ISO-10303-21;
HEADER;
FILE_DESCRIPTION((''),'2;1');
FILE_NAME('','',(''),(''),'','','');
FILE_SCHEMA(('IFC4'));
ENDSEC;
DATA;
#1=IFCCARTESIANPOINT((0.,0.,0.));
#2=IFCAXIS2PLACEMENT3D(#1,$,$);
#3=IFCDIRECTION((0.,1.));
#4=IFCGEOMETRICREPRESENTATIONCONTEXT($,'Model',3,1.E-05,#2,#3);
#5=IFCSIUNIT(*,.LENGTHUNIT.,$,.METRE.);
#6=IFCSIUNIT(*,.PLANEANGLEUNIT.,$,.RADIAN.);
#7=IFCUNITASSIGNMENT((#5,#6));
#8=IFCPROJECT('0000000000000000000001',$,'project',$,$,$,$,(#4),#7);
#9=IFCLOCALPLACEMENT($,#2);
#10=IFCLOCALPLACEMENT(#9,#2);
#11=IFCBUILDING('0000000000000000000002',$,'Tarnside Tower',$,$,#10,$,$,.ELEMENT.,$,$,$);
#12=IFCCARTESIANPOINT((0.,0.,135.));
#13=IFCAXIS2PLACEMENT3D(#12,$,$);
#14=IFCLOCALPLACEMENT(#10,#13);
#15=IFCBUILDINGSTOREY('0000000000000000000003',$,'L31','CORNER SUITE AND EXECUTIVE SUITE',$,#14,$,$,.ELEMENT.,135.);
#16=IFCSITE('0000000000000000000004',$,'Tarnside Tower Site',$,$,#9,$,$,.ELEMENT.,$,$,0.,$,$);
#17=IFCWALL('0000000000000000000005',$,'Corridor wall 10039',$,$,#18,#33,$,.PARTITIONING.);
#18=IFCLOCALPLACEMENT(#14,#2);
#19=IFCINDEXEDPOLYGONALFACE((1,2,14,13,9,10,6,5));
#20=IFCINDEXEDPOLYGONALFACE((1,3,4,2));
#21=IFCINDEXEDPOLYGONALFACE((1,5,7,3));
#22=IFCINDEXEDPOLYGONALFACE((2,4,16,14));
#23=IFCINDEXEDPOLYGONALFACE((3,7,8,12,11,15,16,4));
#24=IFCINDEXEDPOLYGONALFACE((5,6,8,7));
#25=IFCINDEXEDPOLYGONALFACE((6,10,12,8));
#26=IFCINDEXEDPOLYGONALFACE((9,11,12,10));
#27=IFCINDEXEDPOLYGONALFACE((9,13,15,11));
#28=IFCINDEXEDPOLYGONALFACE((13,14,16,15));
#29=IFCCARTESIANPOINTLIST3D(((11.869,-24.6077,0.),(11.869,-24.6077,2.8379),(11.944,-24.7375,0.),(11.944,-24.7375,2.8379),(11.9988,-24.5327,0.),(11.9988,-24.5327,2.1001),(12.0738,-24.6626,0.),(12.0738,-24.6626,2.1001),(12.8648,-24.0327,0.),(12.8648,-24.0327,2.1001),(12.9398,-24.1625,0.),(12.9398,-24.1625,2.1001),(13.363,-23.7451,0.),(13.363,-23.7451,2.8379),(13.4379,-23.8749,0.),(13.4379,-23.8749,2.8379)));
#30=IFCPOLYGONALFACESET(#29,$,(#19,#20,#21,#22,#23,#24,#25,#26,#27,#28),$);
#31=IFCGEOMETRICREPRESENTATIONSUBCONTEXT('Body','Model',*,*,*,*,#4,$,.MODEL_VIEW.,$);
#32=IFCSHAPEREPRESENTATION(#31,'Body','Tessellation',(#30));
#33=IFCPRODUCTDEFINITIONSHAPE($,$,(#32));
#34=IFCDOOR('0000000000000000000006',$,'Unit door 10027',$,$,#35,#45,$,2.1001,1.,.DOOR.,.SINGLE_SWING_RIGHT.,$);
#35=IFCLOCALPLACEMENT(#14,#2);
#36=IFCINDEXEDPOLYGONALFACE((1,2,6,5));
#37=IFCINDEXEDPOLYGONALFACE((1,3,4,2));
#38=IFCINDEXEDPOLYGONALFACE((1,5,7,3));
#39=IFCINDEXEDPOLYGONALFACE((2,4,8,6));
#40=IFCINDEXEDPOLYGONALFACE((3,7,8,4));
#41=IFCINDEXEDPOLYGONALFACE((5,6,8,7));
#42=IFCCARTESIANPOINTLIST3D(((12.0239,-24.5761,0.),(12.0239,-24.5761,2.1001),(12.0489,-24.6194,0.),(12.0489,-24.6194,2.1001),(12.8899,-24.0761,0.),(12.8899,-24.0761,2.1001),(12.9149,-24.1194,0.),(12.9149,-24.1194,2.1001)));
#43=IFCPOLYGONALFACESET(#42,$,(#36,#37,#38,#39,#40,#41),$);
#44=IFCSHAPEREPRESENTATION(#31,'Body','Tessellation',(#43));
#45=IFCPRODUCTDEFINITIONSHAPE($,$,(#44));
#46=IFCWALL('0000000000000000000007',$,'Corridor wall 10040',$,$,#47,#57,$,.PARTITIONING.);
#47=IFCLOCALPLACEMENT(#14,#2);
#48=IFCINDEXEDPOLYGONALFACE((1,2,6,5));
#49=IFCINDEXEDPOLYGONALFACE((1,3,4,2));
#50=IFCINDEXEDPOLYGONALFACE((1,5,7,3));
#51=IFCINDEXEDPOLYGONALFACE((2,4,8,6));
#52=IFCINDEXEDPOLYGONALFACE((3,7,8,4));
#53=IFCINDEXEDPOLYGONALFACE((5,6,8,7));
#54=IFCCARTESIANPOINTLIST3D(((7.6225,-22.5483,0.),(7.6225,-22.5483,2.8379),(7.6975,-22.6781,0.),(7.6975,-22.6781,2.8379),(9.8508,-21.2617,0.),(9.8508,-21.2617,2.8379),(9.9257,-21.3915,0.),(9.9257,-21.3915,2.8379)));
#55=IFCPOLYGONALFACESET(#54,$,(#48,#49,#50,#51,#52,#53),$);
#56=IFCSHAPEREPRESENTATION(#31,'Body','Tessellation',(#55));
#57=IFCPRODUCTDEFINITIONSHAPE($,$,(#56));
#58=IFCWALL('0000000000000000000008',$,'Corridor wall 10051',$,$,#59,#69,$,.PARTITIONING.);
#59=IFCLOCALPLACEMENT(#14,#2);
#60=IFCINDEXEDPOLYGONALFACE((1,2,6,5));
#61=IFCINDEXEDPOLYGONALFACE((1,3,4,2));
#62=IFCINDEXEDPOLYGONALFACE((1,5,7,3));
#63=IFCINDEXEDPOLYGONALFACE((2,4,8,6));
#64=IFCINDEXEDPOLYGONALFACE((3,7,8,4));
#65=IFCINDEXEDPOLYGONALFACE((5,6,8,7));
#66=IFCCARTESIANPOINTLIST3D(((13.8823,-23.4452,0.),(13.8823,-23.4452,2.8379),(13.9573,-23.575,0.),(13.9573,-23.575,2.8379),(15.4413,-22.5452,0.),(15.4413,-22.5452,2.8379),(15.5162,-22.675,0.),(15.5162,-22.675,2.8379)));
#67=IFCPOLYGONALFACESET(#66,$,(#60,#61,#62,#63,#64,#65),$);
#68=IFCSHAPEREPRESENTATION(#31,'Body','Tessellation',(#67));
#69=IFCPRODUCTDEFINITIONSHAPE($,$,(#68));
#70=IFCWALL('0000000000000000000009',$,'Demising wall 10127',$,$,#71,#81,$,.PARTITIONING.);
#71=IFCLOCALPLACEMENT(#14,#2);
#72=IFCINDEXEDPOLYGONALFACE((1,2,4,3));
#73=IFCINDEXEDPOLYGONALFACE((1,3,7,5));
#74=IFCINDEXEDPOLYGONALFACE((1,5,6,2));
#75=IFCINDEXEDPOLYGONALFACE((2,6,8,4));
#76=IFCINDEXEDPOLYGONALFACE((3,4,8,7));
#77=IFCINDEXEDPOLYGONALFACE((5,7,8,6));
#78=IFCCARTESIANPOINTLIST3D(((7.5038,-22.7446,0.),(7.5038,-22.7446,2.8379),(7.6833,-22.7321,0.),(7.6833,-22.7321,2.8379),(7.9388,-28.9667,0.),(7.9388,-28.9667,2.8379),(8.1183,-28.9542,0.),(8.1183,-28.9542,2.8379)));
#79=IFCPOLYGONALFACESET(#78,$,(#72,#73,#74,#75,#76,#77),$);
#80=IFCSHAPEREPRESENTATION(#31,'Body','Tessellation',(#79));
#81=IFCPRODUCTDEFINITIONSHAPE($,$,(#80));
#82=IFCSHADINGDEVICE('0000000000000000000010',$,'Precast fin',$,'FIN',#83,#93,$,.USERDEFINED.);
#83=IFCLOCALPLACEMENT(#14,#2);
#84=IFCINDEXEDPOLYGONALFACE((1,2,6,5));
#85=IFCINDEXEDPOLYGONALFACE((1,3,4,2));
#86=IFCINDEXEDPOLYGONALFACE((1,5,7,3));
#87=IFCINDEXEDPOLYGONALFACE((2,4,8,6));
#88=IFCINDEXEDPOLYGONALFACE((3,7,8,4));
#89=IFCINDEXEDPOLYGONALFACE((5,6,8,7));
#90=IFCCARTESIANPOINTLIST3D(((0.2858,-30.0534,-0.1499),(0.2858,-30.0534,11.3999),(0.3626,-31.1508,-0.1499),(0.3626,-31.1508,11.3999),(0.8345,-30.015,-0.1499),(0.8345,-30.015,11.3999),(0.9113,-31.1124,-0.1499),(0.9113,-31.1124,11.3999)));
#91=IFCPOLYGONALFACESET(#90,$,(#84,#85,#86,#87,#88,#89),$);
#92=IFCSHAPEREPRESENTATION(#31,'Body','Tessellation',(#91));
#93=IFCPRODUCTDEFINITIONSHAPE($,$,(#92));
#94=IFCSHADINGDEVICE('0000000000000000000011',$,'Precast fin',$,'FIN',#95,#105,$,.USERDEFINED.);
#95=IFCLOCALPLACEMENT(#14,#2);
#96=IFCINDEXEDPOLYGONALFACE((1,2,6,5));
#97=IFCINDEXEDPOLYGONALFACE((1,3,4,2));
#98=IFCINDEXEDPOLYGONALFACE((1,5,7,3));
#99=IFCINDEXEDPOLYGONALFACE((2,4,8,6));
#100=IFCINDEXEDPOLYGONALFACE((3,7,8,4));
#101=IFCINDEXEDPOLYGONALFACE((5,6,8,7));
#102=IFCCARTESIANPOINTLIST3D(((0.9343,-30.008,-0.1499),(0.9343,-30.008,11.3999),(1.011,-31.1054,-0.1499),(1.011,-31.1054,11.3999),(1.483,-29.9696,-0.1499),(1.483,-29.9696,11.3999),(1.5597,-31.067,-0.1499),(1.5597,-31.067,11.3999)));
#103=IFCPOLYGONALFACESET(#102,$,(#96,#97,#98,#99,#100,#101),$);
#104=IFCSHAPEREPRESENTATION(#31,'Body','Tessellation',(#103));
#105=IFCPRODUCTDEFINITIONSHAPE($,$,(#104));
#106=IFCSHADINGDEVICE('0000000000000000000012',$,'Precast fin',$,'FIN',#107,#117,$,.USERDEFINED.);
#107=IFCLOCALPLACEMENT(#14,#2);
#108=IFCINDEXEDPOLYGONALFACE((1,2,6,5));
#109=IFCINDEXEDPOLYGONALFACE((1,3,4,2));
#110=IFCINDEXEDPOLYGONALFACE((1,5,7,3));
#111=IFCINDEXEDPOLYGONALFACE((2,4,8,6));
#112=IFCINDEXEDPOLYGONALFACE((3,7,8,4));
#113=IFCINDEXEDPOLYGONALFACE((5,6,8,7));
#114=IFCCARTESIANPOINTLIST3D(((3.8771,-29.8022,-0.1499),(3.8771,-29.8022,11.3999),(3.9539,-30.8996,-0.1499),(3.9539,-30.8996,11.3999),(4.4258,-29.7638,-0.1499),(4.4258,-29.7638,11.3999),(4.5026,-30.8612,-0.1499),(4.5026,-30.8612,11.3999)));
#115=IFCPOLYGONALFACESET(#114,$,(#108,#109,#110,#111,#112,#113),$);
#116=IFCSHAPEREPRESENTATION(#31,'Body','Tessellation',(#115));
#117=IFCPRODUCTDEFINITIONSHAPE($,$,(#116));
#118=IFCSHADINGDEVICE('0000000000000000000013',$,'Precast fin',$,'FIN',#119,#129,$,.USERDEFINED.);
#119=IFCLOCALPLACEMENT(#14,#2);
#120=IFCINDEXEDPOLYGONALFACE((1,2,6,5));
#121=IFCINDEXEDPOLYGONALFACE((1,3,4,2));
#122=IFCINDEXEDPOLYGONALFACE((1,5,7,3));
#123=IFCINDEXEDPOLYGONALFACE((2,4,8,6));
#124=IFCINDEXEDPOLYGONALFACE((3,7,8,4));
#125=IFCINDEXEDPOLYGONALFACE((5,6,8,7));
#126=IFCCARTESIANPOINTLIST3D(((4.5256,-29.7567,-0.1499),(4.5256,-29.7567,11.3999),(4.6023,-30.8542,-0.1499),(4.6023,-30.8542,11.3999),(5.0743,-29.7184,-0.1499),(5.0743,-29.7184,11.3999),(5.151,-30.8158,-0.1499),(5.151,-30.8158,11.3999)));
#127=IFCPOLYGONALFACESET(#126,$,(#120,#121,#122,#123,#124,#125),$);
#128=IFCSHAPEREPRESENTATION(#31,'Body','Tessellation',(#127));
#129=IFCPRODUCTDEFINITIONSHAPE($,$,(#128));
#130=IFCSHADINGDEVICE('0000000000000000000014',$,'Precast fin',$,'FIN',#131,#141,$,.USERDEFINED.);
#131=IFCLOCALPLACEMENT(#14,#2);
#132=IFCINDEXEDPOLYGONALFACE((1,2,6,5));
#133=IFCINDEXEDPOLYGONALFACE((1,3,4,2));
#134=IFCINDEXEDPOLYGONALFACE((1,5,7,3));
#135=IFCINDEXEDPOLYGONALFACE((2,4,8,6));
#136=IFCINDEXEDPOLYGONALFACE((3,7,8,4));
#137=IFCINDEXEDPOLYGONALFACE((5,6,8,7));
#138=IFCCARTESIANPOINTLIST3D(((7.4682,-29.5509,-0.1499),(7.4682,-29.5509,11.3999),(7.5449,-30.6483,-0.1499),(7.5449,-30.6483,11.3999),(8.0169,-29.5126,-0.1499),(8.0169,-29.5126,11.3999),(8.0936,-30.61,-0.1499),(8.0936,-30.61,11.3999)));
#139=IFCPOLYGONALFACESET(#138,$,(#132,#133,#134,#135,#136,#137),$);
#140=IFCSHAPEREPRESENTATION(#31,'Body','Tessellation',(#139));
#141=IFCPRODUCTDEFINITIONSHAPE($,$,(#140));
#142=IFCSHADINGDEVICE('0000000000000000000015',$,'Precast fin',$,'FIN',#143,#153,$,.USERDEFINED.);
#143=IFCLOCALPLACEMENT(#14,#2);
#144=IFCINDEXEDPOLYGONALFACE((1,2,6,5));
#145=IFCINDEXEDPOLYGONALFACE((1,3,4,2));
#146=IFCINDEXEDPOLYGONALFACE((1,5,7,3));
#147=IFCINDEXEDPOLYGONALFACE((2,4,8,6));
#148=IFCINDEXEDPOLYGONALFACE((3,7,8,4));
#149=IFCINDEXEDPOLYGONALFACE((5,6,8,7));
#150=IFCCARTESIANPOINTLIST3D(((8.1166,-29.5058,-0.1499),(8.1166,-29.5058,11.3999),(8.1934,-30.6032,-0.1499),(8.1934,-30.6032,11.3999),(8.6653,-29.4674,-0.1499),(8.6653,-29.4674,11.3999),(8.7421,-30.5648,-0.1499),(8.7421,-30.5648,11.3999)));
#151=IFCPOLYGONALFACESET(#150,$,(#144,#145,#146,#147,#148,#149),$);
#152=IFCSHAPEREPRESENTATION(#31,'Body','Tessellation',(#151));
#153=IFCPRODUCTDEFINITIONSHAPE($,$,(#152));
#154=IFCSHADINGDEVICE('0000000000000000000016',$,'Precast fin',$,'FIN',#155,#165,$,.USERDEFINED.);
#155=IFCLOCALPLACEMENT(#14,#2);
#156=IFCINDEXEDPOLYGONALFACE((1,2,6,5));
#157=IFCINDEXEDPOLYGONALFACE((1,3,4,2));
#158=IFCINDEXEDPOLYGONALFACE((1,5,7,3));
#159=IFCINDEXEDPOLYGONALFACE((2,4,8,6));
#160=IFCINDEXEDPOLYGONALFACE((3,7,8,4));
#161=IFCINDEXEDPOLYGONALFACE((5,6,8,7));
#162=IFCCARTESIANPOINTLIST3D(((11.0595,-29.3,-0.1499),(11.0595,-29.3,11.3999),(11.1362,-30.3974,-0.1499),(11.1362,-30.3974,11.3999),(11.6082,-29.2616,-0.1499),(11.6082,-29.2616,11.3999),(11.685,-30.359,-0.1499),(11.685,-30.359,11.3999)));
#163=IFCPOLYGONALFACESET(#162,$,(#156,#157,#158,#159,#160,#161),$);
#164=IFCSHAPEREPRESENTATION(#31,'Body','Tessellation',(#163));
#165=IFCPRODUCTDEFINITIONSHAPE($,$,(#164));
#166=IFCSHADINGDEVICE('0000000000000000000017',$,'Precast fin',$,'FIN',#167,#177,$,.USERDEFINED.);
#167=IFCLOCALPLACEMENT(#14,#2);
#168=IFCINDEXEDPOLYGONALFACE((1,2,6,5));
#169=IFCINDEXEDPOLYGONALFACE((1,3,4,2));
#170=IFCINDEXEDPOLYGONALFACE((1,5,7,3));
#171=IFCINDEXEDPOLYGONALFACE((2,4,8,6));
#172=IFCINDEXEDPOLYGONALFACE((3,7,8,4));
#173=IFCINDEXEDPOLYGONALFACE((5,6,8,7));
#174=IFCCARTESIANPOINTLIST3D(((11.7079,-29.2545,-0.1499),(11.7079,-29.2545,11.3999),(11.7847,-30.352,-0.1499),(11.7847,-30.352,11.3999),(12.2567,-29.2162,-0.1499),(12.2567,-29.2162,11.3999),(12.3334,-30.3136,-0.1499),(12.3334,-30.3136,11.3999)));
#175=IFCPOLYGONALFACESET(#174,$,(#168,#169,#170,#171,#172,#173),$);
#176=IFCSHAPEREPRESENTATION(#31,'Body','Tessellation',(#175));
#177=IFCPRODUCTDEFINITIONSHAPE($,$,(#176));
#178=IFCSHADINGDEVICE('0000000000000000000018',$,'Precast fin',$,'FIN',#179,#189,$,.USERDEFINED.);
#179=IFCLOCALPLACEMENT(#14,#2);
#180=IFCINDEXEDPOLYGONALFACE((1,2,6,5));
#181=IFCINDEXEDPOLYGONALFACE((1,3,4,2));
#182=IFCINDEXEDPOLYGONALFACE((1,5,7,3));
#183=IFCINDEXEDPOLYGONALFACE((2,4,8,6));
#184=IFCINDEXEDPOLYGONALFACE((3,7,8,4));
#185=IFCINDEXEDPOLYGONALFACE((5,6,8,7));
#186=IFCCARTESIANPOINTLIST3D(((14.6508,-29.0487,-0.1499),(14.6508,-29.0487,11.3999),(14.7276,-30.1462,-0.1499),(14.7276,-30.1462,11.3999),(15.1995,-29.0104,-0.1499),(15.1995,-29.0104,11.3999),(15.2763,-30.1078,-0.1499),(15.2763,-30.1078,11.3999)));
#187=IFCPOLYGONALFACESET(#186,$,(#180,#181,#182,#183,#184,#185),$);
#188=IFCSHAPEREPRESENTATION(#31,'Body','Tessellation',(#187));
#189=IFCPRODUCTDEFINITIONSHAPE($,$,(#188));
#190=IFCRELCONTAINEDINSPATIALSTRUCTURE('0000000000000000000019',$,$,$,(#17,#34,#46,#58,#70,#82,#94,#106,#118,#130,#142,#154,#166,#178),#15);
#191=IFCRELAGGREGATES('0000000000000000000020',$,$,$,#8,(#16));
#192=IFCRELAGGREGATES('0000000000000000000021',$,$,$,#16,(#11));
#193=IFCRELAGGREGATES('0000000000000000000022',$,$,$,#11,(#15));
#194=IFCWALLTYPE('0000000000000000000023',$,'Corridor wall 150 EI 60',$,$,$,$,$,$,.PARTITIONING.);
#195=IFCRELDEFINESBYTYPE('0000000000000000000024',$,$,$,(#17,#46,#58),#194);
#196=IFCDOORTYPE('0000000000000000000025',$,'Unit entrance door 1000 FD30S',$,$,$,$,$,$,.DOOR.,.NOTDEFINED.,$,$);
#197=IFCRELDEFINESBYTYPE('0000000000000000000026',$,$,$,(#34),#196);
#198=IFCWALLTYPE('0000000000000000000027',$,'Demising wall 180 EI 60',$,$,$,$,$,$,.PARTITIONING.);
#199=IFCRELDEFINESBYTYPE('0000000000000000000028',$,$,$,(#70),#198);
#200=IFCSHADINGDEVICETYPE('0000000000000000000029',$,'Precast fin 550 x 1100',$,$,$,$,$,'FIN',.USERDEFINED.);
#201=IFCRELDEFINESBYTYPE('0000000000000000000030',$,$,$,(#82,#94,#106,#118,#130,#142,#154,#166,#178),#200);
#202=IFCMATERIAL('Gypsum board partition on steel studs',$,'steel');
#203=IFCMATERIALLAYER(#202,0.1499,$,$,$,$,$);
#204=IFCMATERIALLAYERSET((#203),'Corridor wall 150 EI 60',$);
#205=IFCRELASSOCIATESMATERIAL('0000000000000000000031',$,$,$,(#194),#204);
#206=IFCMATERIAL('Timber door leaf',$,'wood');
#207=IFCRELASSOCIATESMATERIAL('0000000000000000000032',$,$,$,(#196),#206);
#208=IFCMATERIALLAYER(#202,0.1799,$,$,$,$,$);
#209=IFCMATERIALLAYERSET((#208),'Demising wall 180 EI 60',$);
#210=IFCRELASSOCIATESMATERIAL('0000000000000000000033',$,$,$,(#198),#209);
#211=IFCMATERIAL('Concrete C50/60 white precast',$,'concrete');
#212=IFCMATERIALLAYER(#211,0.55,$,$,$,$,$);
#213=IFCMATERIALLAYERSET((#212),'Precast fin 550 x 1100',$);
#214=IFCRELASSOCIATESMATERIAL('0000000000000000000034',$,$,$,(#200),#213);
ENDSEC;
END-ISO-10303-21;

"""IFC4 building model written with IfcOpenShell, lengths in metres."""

from ifc_helpers import new_model, si_unit, direction, frame, frame_2d, origin, place, context, subcontext, project, spatial, polyline, rectangle, outline, extrude, material, layer, layer_set, type_object, element, fill, save


model = new_model("IFC4")

# Units and contexts
model_context = context("Model", 3, precision=1e-05, world=origin(), true_north=direction((0.0, 1.0)))
body_context = subcontext(model_context, "Body", "Model", "MODEL_VIEW")
ifc_project = project(units=[si_unit("LENGTHUNIT", "METRE"), si_unit("PLANEANGLEUNIT", "RADIAN")], contexts=[model_context])

# Site, building, storey
site_placement = place(None, origin())
site = spatial("IfcSite", under=ifc_project, at=site_placement, Name="Tarnside Tower Site", CompositionType="ELEMENT", RefElevation=0.0)
building_placement = place(site_placement, origin())
building = spatial("IfcBuilding", under=site, at=building_placement, Name="Tarnside Tower", CompositionType="ELEMENT")
storey_placement = place(building_placement, frame((0.0, 0.0, 135.0)))
storey = spatial("IfcBuildingStorey", under=building, at=storey_placement, Name="L31", Description="CORNER SUITE AND EXECUTIVE SUITE", CompositionType="ELEMENT", Elevation=135.0)

# Shared definitions
ifc_material_1 = material(Name="Gypsum board partition on steel studs", Category="steel")

# Shared definitions
ifc_material_2 = material(Name="Timber door leaf", Category="wood")

# Shared definitions
ifc_layer_1 = layer(ifc_material_1, 0.1499)
ifc_layer_set_1 = layer_set([ifc_layer_1], Name="Corridor wall 150 EI 60")
wall_type_1 = type_object("IfcWallType", Name="Corridor wall 150 EI 60", PredefinedType="PARTITIONING", material=ifc_layer_set_1)

# Wall, opening, door
wall_1_placement = place(storey_placement, frame((11.9065, -24.6726, 0.0), z_axis=(0.0, 0.0, 1.0), x_axis=(0.866014, 0.500021, 0.0)))
wall_1 = element("IfcWall", 1, at=wall_1_placement, inside=storey, type_object=wall_type_1, Name="Corridor wall 10039", PredefinedType="PARTITIONING", context=body_context, shape_type="SweptSolid", body=[
    extrude(rectangle(XDim=1.7251, YDim=0.1499, at=frame_2d((0.8625, 0.0))), origin(), (0.0, 0.0, 1.0), 2.8379),
])
opening_1_placement = place(wall_1_placement, frame((0.1499, 0.0, 0.0)))
opening_1 = element("IfcOpeningElement", 2, at=opening_1_placement, cuts=wall_1, PredefinedType="OPENING", context=body_context, shape_type="SweptSolid", body=[
    extrude(rectangle(XDim=1.0, YDim=2.1001, at=frame_2d((0.5, 1.05))), frame((0.0, 0.085, 0.0), z_axis=(0.0, -1.0, 0.0), x_axis=(1.0, 0.0, 0.0)), (0.0, 0.0, 1.0), 0.1699),
])
door_type_1 = type_object("IfcDoorType", Name="Unit entrance door 1000 FD30S", OperationType="NOTDEFINED", PredefinedType="DOOR", material=ifc_material_2)
door_1_placement = place(opening_1_placement, origin())
door_1 = element("IfcDoor", 3, at=door_1_placement, inside=storey, type_object=door_type_1, Name="Unit door 10027", OperationType="SINGLE_SWING_RIGHT", OverallHeight=2.1001, OverallWidth=1.0, PredefinedType="DOOR", context=body_context, shape_type="SweptSolid", body=[
    extrude(rectangle(XDim=1.0, YDim=2.1001, at=frame_2d((0.5, 1.05))), frame((0.0, 0.0249, 0.0), z_axis=(0.0, -1.0, 0.0), x_axis=(1.0, 0.0, 0.0)), (0.0, 0.0, 1.0), 0.05),
])
fill(opening_1, door_1)

# Walls
wall_2_placement = place(storey_placement, frame((7.6599, -22.6133, 0.0), z_axis=(0.0, 0.0, 1.0), x_axis=(0.866004, 0.500037, 0.0)))
element("IfcWall", 4, at=wall_2_placement, inside=storey, type_object=wall_type_1, Name="Corridor wall 10040", PredefinedType="PARTITIONING", context=body_context, shape_type="SweptSolid", body=[
    extrude(rectangle(XDim=2.573, YDim=0.1499, at=frame_2d((1.2866, 0.0))), origin(), (0.0, 0.0, 1.0), 2.8379),
])
wall_3_placement = place(storey_placement, frame((13.9199, -23.51, 0.0), z_axis=(0.0, 0.0, 1.0), x_axis=(0.866048, 0.499961, 0.0)))
element("IfcWall", 5, at=wall_3_placement, inside=storey, type_object=wall_type_1, Name="Corridor wall 10051", PredefinedType="PARTITIONING", context=body_context, shape_type="SweptSolid", body=[
    extrude(rectangle(XDim=1.8, YDim=0.1499, at=frame_2d((0.8999, 0.0))), origin(), (0.0, 0.0, 1.0), 2.8379),
])
ifc_layer_2 = layer(ifc_material_1, 0.1799)
ifc_layer_set_2 = layer_set([ifc_layer_2], Name="Demising wall 180 EI 60")
wall_type_2 = type_object("IfcWallType", Name="Demising wall 180 EI 60", PredefinedType="PARTITIONING", material=ifc_layer_set_2)
wall_4_placement = place(storey_placement, frame((8.0286, -28.9604, 0.0), z_axis=(0.0, 0.0, 1.0), x_axis=(-0.06975, 0.997564, 0.0)))
element("IfcWall", 6, at=wall_4_placement, inside=storey, type_object=wall_type_2, Name="Demising wall 10127", PredefinedType="PARTITIONING", context=body_context, shape_type="SweptSolid", body=[
    extrude(rectangle(XDim=6.2373, YDim=0.1799, at=frame_2d((3.1187, 0.0))), origin(), (0.0, 0.0, 1.0), 2.8379),
])

# Shading devices
ifc_material_3 = material(Name="Concrete C50/60 white precast", Category="concrete")
ifc_layer_3 = layer(ifc_material_3, 0.55)
ifc_layer_set_3 = layer_set([ifc_layer_3], Name="Precast fin 550 x 1100")
shading_device_type = type_object("IfcShadingDeviceType", Name="Precast fin 550 x 1100", ElementType="FIN", PredefinedType="USERDEFINED", material=ifc_layer_set_3)
for number, where, z_axis, x_axis, name in (
    (7, (0.5603, -30.0342, -0.1499), (-0.997564, -0.069756, 0.0), (0.069756, -0.997564, 0.0), "Precast fin"),
    (8, (1.2087, -29.9888, -0.1499), (-0.997564, -0.069756, 0.0), (0.069756, -0.997564, 0.0), "Precast fin"),
    (9, (4.1516, -29.783, -0.1499), (-0.997564, -0.069756, 0.0), (0.069756, -0.997564, 0.0), "Precast fin"),
    (10, (4.8, -29.7375, -0.1499), (-0.997564, -0.069756, 0.0), (0.069756, -0.997564, 0.0), "Precast fin"),
    (11, (7.7427, -29.5317, -0.1499), (-0.997564, -0.069756, 0.0), (0.069756, -0.997564, 0.0), "Precast fin"),
    (12, (8.3911, -29.4866, -0.1499), (-0.997564, -0.069756, 0.0), (0.069756, -0.997564, 0.0), "Precast fin"),
    (13, (11.334, -29.2808, -0.1499), (-0.997564, -0.069756, 0.0), (0.069756, -0.997564, 0.0), "Precast fin"),
    (14, (11.9824, -29.2354, -0.1499), (-0.997564, -0.069756, 0.0), (0.069756, -0.997564, 0.0), "Precast fin"),
    (15, (14.9253, -29.0295, -0.1499), (-0.997564, -0.069756, 0.0), (0.069756, -0.997564, 0.0), "Precast fin"),
):
    element("IfcShadingDevice", number, at=place(storey_placement, frame(where, z_axis=z_axis, x_axis=x_axis)), inside=storey, type_object=shading_device_type, Name=name, ObjectType="FIN", PredefinedType="USERDEFINED", context=body_context, shape_type="SweptSolid", body=[
        extrude(outline(polyline([(0.0, 0.0), (1.1001, 0.0), (1.1001, 11.5498), (0.0, 11.5498), (0.0, 0.0)])), frame((0.0, 0.0, -0.2749)), (0.0, 0.0, 1.0), 0.55),
    ])

save(model, "model.ifc")
